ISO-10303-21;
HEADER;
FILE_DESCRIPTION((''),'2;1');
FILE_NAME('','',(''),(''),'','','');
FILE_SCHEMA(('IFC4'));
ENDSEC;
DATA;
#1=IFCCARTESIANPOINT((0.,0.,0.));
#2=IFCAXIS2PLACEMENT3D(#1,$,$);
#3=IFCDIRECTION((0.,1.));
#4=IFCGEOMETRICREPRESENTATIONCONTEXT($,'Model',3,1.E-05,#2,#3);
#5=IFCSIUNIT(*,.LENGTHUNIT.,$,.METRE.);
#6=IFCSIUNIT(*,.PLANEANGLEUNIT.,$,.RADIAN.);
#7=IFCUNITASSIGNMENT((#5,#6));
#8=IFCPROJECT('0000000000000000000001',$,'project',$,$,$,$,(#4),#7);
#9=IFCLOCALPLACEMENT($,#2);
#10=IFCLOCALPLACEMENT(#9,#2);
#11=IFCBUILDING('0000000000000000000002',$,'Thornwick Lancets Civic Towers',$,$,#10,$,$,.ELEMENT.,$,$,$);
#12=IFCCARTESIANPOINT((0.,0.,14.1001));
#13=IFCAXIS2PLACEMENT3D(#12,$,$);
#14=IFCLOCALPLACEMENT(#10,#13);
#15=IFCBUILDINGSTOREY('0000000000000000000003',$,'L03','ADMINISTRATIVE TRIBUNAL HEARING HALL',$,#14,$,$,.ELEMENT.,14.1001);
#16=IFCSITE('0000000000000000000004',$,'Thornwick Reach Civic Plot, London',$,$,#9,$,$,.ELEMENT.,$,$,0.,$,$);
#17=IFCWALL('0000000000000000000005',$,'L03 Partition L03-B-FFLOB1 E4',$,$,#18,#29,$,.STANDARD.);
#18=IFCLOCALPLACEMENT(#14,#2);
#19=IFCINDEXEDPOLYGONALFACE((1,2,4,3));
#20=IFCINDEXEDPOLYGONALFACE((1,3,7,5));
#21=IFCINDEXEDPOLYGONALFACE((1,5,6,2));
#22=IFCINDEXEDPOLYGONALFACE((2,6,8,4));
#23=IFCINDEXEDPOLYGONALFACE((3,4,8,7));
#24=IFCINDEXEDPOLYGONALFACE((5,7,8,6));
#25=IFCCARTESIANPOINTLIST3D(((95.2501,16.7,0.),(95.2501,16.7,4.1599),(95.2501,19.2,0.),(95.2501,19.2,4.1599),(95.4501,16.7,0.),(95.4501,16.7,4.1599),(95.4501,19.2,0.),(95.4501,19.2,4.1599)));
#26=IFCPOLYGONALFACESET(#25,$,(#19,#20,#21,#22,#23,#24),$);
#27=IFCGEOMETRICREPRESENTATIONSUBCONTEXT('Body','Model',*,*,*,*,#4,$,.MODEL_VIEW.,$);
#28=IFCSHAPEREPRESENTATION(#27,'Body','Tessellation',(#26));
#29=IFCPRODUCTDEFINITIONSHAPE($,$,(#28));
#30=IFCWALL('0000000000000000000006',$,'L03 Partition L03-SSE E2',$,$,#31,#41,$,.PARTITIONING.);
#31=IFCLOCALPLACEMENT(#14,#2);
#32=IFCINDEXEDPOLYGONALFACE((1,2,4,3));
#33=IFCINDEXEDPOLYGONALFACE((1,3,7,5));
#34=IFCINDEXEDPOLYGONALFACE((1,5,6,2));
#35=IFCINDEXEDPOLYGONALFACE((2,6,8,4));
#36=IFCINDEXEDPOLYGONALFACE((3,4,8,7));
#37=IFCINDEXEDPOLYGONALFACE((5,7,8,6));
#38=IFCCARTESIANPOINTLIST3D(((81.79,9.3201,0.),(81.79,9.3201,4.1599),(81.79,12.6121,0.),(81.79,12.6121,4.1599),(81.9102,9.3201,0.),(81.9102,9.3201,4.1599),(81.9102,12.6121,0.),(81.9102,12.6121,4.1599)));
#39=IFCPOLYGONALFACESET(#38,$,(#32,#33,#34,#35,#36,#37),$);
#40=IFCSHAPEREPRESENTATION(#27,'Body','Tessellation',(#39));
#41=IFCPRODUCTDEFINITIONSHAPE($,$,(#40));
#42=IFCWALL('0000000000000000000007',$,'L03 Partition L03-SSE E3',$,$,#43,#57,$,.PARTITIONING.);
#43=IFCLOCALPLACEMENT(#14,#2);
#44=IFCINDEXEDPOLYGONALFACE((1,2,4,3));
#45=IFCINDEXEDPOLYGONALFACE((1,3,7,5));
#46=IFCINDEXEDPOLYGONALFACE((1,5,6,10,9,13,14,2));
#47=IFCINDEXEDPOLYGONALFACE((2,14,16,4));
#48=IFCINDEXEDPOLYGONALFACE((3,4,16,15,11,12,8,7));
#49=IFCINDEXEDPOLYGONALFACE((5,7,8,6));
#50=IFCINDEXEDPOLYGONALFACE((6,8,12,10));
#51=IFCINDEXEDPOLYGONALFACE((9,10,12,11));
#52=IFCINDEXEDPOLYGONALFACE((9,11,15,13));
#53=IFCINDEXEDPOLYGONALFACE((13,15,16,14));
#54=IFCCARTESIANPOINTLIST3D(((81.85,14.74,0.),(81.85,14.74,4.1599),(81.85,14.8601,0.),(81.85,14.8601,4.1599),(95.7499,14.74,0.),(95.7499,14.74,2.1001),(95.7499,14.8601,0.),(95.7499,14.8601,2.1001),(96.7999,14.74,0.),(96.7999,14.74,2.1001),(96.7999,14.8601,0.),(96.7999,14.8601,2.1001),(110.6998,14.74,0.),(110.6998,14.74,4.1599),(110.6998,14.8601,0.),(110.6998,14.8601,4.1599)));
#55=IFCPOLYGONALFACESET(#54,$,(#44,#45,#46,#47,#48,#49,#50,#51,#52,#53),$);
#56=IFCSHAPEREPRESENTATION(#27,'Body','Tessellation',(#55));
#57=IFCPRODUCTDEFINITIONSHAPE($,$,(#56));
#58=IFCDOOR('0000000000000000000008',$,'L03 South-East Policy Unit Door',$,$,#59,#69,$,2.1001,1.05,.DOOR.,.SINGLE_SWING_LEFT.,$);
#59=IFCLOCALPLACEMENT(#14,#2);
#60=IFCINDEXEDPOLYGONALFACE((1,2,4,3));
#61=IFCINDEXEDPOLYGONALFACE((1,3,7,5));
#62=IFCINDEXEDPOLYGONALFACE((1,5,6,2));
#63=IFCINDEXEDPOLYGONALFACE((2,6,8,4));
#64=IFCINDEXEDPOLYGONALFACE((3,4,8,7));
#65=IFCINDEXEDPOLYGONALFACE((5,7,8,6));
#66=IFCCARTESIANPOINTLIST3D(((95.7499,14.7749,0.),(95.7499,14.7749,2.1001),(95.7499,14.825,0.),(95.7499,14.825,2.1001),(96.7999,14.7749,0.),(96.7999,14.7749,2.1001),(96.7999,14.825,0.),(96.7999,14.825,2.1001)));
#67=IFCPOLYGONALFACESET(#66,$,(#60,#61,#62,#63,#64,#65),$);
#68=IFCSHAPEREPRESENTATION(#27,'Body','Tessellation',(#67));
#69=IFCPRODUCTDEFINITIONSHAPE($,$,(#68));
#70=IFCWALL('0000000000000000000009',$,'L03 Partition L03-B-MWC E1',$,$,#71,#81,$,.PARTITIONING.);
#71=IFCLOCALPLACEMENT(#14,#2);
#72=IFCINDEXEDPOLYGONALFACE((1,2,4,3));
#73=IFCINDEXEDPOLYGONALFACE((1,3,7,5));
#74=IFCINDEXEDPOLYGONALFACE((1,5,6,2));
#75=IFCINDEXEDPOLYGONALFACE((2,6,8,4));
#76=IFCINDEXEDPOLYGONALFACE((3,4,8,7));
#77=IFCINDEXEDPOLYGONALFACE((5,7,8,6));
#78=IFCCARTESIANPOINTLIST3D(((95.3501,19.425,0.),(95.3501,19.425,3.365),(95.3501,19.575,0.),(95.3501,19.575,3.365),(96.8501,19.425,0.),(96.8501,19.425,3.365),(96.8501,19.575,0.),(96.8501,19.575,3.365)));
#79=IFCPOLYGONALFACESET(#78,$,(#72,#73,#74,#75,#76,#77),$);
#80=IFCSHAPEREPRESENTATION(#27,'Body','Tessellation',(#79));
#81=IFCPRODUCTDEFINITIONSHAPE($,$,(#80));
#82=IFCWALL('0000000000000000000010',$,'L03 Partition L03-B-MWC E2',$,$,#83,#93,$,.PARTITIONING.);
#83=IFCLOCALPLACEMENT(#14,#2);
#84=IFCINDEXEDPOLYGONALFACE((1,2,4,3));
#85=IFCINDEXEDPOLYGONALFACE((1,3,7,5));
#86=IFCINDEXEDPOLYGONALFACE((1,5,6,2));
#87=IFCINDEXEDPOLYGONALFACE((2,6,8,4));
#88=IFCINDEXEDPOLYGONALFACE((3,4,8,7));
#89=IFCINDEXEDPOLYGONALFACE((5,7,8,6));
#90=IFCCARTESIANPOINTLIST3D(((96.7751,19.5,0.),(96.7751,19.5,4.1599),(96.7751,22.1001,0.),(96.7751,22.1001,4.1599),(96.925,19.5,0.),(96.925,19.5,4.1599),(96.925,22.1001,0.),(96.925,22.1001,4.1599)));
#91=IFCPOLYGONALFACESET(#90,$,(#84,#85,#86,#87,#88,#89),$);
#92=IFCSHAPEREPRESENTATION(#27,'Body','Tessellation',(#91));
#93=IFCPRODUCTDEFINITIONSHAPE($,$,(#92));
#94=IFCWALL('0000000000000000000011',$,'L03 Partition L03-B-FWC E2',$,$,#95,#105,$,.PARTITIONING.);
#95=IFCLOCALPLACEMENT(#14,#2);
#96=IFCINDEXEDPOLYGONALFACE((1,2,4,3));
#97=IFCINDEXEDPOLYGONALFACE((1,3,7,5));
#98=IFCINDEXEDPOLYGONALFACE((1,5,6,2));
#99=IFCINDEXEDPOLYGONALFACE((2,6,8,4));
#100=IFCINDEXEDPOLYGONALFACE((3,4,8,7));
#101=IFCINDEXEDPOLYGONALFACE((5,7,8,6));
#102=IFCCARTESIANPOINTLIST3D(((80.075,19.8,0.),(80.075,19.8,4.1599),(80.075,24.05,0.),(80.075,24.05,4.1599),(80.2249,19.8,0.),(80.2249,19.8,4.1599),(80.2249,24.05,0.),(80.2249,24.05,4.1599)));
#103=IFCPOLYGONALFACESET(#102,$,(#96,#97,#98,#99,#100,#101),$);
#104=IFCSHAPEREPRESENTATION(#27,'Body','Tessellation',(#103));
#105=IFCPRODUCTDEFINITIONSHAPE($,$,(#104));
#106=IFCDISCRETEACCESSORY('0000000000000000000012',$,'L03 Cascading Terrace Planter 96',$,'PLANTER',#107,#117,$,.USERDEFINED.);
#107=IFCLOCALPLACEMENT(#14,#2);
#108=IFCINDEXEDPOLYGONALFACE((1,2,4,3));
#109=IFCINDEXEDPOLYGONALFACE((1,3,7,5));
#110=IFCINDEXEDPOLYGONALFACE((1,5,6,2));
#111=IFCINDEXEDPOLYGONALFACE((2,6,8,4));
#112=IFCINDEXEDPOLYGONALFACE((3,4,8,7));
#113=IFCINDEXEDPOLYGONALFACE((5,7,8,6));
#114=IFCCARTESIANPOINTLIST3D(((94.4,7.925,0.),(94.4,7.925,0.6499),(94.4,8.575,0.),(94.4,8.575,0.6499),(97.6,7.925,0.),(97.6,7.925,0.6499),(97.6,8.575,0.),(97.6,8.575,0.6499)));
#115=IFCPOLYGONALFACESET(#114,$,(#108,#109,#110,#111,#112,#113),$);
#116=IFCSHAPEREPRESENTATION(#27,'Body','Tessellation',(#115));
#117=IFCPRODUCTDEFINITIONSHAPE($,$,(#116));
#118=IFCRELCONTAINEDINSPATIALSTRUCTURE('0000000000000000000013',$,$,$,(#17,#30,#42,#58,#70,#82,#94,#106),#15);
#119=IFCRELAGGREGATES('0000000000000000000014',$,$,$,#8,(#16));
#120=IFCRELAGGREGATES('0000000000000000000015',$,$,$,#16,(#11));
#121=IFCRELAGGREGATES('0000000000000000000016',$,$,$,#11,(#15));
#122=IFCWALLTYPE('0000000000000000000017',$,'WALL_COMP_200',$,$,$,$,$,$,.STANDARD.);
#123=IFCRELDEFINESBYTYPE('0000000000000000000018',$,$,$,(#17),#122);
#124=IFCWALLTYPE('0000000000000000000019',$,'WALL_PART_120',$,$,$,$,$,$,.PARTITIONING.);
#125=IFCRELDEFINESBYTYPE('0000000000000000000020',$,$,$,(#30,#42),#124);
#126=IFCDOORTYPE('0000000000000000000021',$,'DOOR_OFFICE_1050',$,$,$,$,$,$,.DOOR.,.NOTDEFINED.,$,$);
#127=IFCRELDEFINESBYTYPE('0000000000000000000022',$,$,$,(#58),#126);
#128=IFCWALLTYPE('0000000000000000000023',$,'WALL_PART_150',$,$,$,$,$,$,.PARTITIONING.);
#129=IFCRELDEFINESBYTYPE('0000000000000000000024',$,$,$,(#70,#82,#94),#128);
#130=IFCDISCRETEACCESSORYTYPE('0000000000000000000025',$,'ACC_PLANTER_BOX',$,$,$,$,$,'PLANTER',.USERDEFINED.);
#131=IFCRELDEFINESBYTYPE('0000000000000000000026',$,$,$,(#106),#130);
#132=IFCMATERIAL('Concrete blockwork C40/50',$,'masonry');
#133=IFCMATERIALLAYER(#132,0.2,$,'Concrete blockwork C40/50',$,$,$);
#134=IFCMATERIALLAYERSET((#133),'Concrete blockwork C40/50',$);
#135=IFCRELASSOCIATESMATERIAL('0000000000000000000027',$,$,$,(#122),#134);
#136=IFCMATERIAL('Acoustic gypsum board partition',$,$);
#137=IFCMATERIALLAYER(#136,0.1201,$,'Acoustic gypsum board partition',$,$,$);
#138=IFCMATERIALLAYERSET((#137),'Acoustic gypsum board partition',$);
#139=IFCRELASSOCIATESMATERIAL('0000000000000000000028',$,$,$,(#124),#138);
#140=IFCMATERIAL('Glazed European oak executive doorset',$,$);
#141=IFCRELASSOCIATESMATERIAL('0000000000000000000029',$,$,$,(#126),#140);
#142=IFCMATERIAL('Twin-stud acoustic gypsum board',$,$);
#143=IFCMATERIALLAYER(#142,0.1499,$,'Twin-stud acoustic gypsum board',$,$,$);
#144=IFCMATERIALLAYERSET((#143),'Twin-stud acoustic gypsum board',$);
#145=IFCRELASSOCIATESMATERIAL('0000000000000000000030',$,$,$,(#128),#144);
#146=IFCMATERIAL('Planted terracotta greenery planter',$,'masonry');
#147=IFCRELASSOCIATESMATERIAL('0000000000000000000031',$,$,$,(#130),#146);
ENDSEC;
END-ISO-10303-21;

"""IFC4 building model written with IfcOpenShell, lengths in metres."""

from ifc_helpers import new_model, si_unit, direction, frame, frame_2d, origin, origin_2d, place, context, subcontext, project, spatial, rectangle, extrude, material, layer, layer_set, type_object, element, fill, save


model = new_model("IFC4")

# Units and contexts
model_context = context("Model", 3, precision=1e-05, world=origin(), true_north=direction((0.0, 1.0)))
body_context = subcontext(model_context, "Body", "Model", "MODEL_VIEW")
ifc_project = project(units=[si_unit("LENGTHUNIT", "METRE"), si_unit("PLANEANGLEUNIT", "RADIAN")], contexts=[model_context])

# Site, building, storey
site_placement = place(None, origin())
site = spatial("IfcSite", under=ifc_project, at=site_placement, Name="Thornwick Reach Civic Plot, London", CompositionType="ELEMENT", RefElevation=0.0)
building_placement = place(site_placement, origin())
building = spatial("IfcBuilding", under=site, at=building_placement, Name="Thornwick Lancets Civic Towers", CompositionType="ELEMENT")
storey_placement = place(building_placement, frame((0.0, 0.0, 14.1001)))
storey = spatial("IfcBuildingStorey", under=building, at=storey_placement, Name="L03", Description="ADMINISTRATIVE TRIBUNAL HEARING HALL", CompositionType="ELEMENT", Elevation=14.1001)

# Shared definitions
ifc_material_1 = material(Name="Concrete blockwork C40/50", Category="masonry")
ifc_layer_1 = layer(ifc_material_1, 0.2, Name="Concrete blockwork C40/50")
ifc_layer_set_1 = layer_set([ifc_layer_1], Name="Concrete blockwork C40/50")
wall_type_1 = type_object("IfcWallType", Name="WALL_COMP_200", PredefinedType="STANDARD", material=ifc_layer_set_1)

# Walls
wall_1_placement = place(storey_placement, frame((95.3501, 19.2, 0.0), z_axis=(0.0, 0.0, 1.0), x_axis=(0.0, -1.0, 0.0)))
element("IfcWall", 1, at=wall_1_placement, inside=storey, type_object=wall_type_1, Name="L03 Partition L03-B-FFLOB1 E4", PredefinedType="STANDARD", context=body_context, shape_type="SweptSolid", body=[
    extrude(rectangle(XDim=2.5, YDim=0.2, at=frame_2d((1.25, 0.0))), origin(), (0.0, 0.0, 1.0), 4.1599),
])
ifc_material_2 = material(Name="Acoustic gypsum board partition")
ifc_layer_2 = layer(ifc_material_2, 0.1201, Name="Acoustic gypsum board partition")
ifc_layer_set_2 = layer_set([ifc_layer_2], Name="Acoustic gypsum board partition")
wall_type_2 = type_object("IfcWallType", Name="WALL_PART_120", PredefinedType="PARTITIONING", material=ifc_layer_set_2)
wall_2_placement = place(storey_placement, frame((81.8501, 9.3201, 0.0), z_axis=(0.0, 0.0, 1.0), x_axis=(0.0, 1.0, 0.0)))
element("IfcWall", 2, at=wall_2_placement, inside=storey, type_object=wall_type_2, Name="L03 Partition L03-SSE E2", PredefinedType="PARTITIONING", context=body_context, shape_type="SweptSolid", body=[
    extrude(rectangle(XDim=3.292, YDim=0.1201, at=frame_2d((1.646, 0.0))), origin(), (0.0, 0.0, 1.0), 4.1599),
])

# Wall, opening, door
wall_3_placement = place(storey_placement, frame((81.8501, 14.8, 0.0), z_axis=(0.0, 0.0, 1.0), x_axis=(1.0, 0.0, 0.0)))
wall_3 = element("IfcWall", 3, at=wall_3_placement, inside=storey, type_object=wall_type_2, Name="L03 Partition L03-SSE E3", PredefinedType="PARTITIONING", context=body_context, shape_type="SweptSolid", body=[
    extrude(rectangle(XDim=28.8499, YDim=0.1201, at=frame_2d((14.4248, 0.0))), origin(), (0.0, 0.0, 1.0), 4.1599),
])
opening_1_placement = place(wall_3_placement, frame((13.8999, 0.0, 0.0)))
opening_1 = element("IfcOpeningElement", 4, at=opening_1_placement, cuts=wall_3, PredefinedType="OPENING", context=body_context, shape_type="SweptSolid", body=[
    extrude(rectangle(XDim=1.05, YDim=2.1001, at=frame_2d((0.5249, 1.05))), frame((0.0, 0.0701, 0.0), z_axis=(0.0, -1.0, 0.0), x_axis=(1.0, 0.0, 0.0)), (0.0, 0.0, 1.0), 0.1401),
])
ifc_material_3 = material(Name="Glazed European oak executive doorset")
door_type_1 = type_object("IfcDoorType", Name="DOOR_OFFICE_1050", OperationType="NOTDEFINED", PredefinedType="DOOR", material=ifc_material_3)
door_1_placement = place(opening_1_placement, origin())
door_1 = element("IfcDoor", 5, at=door_1_placement, inside=storey, type_object=door_type_1, Name="L03 South-East Policy Unit Door", OperationType="SINGLE_SWING_LEFT", OverallHeight=2.1001, OverallWidth=1.05, PredefinedType="DOOR", context=body_context, shape_type="SweptSolid", body=[
    extrude(rectangle(XDim=1.05, YDim=2.1001, at=frame_2d((0.5249, 1.05))), frame((0.0, 0.0249, 0.0), z_axis=(0.0, -1.0, 0.0), x_axis=(1.0, 0.0, 0.0)), (0.0, 0.0, 1.0), 0.05),
])
fill(opening_1, door_1)

# Walls
ifc_material_4 = material(Name="Twin-stud acoustic gypsum board")
ifc_layer_3 = layer(ifc_material_4, 0.1499, Name="Twin-stud acoustic gypsum board")
ifc_layer_set_3 = layer_set([ifc_layer_3], Name="Twin-stud acoustic gypsum board")
wall_type_3 = type_object("IfcWallType", Name="WALL_PART_150", PredefinedType="PARTITIONING", material=ifc_layer_set_3)
wall_4_placement = place(storey_placement, frame((95.3501, 19.5, 0.0), z_axis=(0.0, 0.0, 1.0), x_axis=(1.0, 0.0, 0.0)))
element("IfcWall", 6, at=wall_4_placement, inside=storey, type_object=wall_type_3, Name="L03 Partition L03-B-MWC E1", PredefinedType="PARTITIONING", context=body_context, shape_type="SweptSolid", body=[
    extrude(rectangle(XDim=1.5, YDim=0.1499, at=frame_2d((0.75, 0.0))), origin(), (0.0, 0.0, 1.0), 3.365),
])
wall_5_placement = place(storey_placement, frame((96.8501, 19.5, 0.0), z_axis=(0.0, 0.0, 1.0), x_axis=(0.0, 1.0, 0.0)))
element("IfcWall", 7, at=wall_5_placement, inside=storey, type_object=wall_type_3, Name="L03 Partition L03-B-MWC E2", PredefinedType="PARTITIONING", context=body_context, shape_type="SweptSolid", body=[
    extrude(rectangle(XDim=2.6001, YDim=0.1499, at=frame_2d((1.3, 0.0))), origin(), (0.0, 0.0, 1.0), 4.1599),
])
wall_6_placement = place(storey_placement, frame((80.1499, 19.8, 0.0), z_axis=(0.0, 0.0, 1.0), x_axis=(0.0, 1.0, 0.0)))
element("IfcWall", 8, at=wall_6_placement, inside=storey, type_object=wall_type_3, Name="L03 Partition L03-B-FWC E2", PredefinedType="PARTITIONING", context=body_context, shape_type="SweptSolid", body=[
    extrude(rectangle(XDim=4.25, YDim=0.1499, at=frame_2d((2.125, 0.0))), origin(), (0.0, 0.0, 1.0), 4.1599),
])

# Discrete accessory
ifc_material_5 = material(Name="Planted terracotta greenery planter", Category="masonry")
discrete_accessory_type = type_object("IfcDiscreteAccessoryType", Name="ACC_PLANTER_BOX", ElementType="PLANTER", PredefinedType="USERDEFINED", material=ifc_material_5)
discrete_accessory_placement = place(storey_placement, frame((96.0, 8.25, 0.0), z_axis=(0.0, 0.0, 1.0), x_axis=(1.0, 0.0, 0.0)))
element("IfcDiscreteAccessory", 9, at=discrete_accessory_placement, inside=storey, type_object=discrete_accessory_type, Name="L03 Cascading Terrace Planter 96", ObjectType="PLANTER", PredefinedType="USERDEFINED", context=body_context, shape_type="SweptSolid", body=[
    extrude(rectangle(XDim=3.2, YDim=0.6499, at=origin_2d()), origin(), (0.0, 0.0, 1.0), 0.6499),
])

save(model, "model.ifc")
